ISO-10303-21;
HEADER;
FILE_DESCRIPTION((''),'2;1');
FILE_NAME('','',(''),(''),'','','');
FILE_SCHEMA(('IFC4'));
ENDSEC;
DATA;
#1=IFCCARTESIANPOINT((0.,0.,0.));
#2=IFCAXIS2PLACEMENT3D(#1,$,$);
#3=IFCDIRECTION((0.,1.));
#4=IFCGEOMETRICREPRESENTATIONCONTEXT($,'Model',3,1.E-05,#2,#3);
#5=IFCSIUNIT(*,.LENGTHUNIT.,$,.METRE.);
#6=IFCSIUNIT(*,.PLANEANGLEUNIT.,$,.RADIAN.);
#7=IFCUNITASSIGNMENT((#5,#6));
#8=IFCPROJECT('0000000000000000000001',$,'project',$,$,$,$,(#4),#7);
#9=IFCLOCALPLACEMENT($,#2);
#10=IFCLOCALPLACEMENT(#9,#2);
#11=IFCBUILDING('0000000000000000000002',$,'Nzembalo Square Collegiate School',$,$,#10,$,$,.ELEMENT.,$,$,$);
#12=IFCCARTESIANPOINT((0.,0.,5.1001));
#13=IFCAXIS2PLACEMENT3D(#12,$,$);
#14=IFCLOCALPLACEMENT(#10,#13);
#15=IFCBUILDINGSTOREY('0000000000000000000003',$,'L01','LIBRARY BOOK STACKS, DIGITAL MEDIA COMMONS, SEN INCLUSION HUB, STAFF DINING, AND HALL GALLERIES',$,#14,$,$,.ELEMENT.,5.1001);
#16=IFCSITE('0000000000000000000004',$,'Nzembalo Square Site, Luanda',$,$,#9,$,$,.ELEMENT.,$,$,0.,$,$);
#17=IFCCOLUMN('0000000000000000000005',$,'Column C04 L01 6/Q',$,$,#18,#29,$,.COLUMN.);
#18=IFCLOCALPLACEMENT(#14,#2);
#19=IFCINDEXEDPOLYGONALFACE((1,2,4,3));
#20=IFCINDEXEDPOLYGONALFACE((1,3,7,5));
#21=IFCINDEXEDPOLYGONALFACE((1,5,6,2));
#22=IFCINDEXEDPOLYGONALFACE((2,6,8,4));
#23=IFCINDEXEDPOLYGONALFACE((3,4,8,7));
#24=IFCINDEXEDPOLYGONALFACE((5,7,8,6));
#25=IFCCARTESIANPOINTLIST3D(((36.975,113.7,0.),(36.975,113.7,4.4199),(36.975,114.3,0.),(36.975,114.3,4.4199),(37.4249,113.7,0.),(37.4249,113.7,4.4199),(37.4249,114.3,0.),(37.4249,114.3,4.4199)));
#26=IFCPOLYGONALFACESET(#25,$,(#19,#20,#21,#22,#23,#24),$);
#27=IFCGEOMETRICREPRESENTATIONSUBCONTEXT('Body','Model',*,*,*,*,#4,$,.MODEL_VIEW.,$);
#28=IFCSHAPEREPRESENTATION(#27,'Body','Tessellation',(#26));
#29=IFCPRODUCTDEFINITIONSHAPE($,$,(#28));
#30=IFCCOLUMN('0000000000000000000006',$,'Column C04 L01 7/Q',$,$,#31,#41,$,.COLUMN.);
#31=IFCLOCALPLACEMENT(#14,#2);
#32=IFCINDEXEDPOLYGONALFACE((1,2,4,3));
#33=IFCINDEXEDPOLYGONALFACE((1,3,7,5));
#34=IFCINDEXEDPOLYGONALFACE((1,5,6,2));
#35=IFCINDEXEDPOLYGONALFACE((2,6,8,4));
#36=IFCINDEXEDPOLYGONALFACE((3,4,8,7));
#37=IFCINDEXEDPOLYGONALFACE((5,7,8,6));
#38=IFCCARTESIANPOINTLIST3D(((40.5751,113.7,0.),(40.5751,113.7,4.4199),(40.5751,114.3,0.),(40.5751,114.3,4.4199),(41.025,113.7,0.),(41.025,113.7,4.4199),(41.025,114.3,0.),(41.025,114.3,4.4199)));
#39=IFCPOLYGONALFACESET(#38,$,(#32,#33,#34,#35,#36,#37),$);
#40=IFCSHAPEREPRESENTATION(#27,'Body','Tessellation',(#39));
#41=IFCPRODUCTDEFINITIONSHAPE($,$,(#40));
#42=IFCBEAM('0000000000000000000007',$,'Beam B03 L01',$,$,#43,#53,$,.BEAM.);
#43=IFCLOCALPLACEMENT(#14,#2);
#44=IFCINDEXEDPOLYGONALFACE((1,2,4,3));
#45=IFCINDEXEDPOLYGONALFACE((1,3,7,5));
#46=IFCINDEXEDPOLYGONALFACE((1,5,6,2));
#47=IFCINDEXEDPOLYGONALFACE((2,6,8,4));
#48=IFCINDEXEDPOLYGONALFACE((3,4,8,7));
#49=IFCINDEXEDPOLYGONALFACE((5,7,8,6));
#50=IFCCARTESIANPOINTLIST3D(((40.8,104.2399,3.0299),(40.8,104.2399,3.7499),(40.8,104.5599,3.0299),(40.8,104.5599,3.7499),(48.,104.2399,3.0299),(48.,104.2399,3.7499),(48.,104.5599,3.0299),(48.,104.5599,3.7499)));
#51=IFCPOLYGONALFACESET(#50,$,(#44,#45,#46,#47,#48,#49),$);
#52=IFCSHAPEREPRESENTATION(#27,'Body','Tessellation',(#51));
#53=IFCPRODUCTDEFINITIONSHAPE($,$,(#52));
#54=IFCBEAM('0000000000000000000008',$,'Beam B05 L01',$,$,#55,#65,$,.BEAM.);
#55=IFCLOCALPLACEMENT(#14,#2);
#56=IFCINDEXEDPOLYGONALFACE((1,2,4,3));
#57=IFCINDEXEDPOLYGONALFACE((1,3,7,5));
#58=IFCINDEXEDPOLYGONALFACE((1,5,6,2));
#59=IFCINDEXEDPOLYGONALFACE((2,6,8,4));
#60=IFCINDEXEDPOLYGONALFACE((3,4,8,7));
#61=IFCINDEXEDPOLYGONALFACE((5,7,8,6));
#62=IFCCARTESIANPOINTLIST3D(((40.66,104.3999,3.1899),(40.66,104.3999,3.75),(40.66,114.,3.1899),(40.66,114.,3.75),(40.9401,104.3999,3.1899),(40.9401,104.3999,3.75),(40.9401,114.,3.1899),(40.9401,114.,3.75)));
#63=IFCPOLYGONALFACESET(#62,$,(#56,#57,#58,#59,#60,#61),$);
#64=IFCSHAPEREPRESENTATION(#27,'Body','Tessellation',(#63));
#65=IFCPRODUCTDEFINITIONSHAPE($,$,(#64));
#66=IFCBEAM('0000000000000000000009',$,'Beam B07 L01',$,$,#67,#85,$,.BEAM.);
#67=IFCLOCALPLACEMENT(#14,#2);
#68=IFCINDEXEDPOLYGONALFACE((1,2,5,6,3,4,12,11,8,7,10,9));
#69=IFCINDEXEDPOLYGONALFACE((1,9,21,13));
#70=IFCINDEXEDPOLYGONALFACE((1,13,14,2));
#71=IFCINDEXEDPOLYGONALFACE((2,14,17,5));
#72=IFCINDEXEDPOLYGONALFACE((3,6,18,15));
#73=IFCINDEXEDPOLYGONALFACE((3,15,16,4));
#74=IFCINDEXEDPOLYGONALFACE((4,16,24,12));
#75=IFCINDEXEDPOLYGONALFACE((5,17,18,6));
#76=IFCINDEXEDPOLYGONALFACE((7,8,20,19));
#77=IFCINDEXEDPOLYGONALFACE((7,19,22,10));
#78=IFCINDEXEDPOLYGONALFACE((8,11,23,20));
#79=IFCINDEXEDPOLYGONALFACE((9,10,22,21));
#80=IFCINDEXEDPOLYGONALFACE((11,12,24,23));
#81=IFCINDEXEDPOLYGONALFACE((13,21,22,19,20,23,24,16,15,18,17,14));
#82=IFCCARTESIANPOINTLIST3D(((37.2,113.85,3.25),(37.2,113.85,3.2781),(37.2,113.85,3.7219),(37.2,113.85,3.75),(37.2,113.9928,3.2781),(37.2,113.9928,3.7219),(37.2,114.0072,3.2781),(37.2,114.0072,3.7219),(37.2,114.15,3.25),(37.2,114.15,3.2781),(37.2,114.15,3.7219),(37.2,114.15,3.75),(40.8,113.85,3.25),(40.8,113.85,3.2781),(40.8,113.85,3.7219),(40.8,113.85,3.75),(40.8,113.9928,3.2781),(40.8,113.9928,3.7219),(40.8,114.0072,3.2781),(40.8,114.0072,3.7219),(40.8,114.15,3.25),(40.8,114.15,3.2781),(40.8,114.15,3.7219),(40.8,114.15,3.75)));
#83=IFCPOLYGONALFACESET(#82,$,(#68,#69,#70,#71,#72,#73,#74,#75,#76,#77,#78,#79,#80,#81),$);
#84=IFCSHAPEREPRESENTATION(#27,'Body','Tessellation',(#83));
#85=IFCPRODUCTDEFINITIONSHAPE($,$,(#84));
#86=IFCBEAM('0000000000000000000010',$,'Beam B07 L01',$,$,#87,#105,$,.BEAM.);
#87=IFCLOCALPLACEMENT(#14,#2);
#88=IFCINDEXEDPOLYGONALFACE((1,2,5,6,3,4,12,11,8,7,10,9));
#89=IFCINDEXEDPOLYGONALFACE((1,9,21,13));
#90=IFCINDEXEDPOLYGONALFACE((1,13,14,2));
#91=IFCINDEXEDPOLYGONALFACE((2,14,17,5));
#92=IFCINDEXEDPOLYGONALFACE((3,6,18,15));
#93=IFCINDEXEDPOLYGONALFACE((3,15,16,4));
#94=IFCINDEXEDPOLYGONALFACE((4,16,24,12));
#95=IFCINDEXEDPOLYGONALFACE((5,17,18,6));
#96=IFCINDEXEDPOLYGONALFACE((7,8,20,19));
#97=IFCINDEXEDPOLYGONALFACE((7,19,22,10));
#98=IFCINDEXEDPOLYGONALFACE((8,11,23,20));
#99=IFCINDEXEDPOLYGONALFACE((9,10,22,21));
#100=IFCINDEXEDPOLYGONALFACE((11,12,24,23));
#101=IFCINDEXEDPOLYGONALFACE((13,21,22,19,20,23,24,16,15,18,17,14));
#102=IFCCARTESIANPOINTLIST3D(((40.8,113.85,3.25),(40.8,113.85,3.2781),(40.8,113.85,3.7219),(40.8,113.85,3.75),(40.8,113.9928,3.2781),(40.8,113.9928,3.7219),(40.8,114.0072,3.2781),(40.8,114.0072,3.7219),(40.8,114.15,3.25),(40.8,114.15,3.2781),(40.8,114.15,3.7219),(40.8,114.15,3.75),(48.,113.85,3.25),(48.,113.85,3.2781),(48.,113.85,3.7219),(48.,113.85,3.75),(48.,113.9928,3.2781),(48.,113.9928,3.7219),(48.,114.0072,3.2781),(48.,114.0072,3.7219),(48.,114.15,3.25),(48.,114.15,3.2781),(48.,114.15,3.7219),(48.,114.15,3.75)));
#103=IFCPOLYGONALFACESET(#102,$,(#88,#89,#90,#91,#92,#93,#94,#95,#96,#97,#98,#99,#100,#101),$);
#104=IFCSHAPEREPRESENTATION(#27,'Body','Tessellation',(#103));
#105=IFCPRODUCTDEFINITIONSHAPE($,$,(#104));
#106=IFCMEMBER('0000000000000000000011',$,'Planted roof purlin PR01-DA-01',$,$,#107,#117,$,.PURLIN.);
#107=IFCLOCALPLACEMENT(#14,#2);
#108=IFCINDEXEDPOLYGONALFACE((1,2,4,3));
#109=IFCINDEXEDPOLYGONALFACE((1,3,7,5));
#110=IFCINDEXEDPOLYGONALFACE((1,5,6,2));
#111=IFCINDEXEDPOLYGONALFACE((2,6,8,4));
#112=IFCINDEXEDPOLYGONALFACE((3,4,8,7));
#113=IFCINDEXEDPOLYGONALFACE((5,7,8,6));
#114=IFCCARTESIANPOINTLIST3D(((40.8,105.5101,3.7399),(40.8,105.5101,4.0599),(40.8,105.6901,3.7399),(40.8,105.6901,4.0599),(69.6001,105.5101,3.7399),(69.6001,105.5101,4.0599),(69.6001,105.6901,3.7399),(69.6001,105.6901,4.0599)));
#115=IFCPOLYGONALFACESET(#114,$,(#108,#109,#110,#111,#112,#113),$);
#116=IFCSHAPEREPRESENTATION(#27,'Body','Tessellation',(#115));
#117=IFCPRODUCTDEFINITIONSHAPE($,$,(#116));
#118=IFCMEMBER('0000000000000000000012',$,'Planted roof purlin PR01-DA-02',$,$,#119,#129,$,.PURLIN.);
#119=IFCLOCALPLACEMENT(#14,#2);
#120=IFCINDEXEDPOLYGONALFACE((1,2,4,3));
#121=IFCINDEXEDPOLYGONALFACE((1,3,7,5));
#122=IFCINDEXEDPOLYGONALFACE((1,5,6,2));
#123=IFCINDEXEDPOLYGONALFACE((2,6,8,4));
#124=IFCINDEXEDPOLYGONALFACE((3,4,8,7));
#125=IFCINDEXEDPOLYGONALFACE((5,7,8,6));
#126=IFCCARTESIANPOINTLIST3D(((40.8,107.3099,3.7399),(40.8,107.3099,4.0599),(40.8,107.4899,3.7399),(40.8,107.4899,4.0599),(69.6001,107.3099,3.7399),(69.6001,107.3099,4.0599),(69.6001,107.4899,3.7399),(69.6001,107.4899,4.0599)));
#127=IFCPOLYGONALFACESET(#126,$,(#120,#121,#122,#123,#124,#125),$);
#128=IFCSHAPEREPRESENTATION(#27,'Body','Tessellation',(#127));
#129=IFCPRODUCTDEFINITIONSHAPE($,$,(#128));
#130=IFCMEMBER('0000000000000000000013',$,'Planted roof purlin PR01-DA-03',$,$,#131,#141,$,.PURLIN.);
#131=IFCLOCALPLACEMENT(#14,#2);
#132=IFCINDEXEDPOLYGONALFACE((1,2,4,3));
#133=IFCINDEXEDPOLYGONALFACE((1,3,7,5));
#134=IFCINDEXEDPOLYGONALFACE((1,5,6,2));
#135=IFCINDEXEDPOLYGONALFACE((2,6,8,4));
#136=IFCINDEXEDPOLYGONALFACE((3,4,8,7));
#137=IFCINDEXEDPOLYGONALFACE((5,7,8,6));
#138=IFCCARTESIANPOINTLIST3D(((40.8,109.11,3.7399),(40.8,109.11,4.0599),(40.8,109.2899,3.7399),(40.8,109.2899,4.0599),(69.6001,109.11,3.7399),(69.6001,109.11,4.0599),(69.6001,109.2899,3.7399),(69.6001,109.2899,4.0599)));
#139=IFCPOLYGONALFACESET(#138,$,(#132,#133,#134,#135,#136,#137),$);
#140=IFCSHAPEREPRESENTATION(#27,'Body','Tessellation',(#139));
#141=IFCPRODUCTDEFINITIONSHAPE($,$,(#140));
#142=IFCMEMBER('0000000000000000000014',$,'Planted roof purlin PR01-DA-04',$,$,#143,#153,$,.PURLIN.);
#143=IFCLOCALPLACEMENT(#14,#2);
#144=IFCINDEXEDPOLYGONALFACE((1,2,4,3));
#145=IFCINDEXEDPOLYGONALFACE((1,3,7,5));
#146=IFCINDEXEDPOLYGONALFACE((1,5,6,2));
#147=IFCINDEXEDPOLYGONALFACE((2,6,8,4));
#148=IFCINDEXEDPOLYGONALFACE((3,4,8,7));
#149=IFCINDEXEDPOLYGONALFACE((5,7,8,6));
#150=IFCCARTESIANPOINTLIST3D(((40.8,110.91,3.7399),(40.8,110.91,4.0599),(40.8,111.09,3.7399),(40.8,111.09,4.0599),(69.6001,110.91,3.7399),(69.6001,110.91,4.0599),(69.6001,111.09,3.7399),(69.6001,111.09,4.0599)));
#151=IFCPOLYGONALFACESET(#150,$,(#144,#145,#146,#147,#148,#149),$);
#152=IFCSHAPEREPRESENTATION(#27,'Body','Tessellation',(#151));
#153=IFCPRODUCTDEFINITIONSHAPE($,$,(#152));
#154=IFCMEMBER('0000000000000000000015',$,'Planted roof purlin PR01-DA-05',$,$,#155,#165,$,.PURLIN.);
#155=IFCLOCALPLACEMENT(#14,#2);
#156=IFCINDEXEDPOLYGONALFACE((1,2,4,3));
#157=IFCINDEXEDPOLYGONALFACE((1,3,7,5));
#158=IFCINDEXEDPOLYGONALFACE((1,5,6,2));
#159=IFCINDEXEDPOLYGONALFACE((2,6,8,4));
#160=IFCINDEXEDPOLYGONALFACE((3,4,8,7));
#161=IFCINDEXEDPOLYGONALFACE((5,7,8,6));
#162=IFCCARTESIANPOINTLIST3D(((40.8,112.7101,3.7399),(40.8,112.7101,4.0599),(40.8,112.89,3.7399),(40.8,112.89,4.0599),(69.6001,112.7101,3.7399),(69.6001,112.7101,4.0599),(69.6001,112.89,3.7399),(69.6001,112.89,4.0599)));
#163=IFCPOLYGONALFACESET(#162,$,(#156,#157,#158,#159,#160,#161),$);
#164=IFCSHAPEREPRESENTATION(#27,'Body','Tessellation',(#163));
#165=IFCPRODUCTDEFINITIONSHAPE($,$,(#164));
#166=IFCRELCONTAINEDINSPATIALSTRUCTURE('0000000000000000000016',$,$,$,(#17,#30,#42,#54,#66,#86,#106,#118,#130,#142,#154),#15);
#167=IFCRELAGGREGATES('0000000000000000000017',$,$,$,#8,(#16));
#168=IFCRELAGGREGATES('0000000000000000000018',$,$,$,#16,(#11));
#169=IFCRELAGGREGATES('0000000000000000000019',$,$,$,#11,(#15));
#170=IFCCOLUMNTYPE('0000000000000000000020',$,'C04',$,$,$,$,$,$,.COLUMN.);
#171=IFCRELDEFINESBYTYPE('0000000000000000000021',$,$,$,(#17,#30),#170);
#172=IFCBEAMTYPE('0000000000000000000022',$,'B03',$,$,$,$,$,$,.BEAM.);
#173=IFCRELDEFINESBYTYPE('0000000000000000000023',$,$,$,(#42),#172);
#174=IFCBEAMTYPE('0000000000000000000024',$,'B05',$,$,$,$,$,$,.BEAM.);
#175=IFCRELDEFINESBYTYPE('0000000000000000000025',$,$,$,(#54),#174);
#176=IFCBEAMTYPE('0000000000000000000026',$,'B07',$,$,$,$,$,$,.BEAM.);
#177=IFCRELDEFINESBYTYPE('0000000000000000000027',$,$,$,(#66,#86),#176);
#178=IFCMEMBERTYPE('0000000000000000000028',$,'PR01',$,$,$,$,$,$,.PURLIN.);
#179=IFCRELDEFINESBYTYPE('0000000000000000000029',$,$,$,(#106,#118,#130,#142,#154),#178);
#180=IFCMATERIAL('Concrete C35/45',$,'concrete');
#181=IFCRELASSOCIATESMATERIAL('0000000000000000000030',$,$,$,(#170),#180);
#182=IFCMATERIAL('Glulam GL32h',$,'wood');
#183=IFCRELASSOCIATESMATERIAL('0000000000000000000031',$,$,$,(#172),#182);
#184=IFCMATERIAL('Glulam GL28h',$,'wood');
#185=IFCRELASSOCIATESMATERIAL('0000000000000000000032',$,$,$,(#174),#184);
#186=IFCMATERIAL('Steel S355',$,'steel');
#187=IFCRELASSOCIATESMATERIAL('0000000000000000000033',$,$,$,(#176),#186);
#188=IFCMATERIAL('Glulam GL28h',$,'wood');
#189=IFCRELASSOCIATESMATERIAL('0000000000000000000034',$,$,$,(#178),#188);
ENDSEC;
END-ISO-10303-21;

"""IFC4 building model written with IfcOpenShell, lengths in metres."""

from ifc_helpers import new_model, si_unit, direction, frame, origin, origin_2d, place, context, subcontext, project, spatial, rectangle, i_section, extrude, material, material_profile, profile_set, type_object, element, save


model = new_model("IFC4")

# Units and contexts
model_context = context("Model", 3, precision=1e-05, world=origin(), true_north=direction((0.0, 1.0)))
body_context = subcontext(model_context, "Body", "Model", "MODEL_VIEW")
ifc_project = project(units=[si_unit("LENGTHUNIT", "METRE"), si_unit("PLANEANGLEUNIT", "RADIAN")], contexts=[model_context])

# Site, building, storey
site_placement = place(None, origin())
site = spatial("IfcSite", under=ifc_project, at=site_placement, Name="Nzembalo Square Site, Luanda", CompositionType="ELEMENT", RefElevation=0.0)
building_placement = place(site_placement, origin())
building = spatial("IfcBuilding", under=site, at=building_placement, Name="Nzembalo Square Collegiate School", CompositionType="ELEMENT")
storey_placement = place(building_placement, frame((0.0, 0.0, 5.1001)))
storey = spatial("IfcBuildingStorey", under=building, at=storey_placement, Name="L01", Description="LIBRARY BOOK STACKS, DIGITAL MEDIA COMMONS, SEN INCLUSION HUB, STAFF DINING, AND HALL GALLERIES", CompositionType="ELEMENT", Elevation=5.1001)

# Columns
ifc_material_1 = material(Name="Concrete C35/45", Category="concrete")
ifc_material_profile_1 = material_profile(ifc_material_1, rectangle(XDim=0.45, YDim=0.6001, at=origin_2d()), Name="RC 450x600")
ifc_profile_set_1 = profile_set([ifc_material_profile_1], Name="Concrete C35/45")
column_type = type_object("IfcColumnType", Name="C04", PredefinedType="COLUMN", material=ifc_profile_set_1)
for number, where, z_axis, x_axis, name in (
    (1, (37.2, 114.0, 0.0), (0.0, 0.0, 1.0), (1.0, 0.0, 0.0), "Column C04 L01 6/Q"),
    (2, (40.8, 114.0, 0.0), (0.0, 0.0, 1.0), (1.0, 0.0, 0.0), "Column C04 L01 7/Q"),
):
    element("IfcColumn", number, at=place(storey_placement, frame(where, z_axis=z_axis, x_axis=x_axis)), inside=storey, type_object=column_type, Name=name, PredefinedType="COLUMN", context=body_context, shape_type="SweptSolid", body=[
        extrude(rectangle(XDim=0.45, YDim=0.6001, at=origin_2d()), origin(), (0.0, 0.0, 1.0), 4.4199),
    ])

# Beams
ifc_material_2 = material(Name="Glulam GL32h", Category="wood")
ifc_material_profile_2 = material_profile(ifc_material_2, rectangle(XDim=0.3201, YDim=0.72, at=origin_2d()), Name="GL32h 320x720")
ifc_profile_set_2 = profile_set([ifc_material_profile_2], Name="Glulam GL32h")
beam_type_1 = type_object("IfcBeamType", Name="B03", PredefinedType="BEAM", material=ifc_profile_set_2)
beam_1_placement = place(storey_placement, frame((40.8, 104.3999, 3.3899), z_axis=(1.0, 0.0, 0.0), x_axis=(0.0, 1.0, 0.0)))
element("IfcBeam", 3, at=beam_1_placement, inside=storey, type_object=beam_type_1, Name="Beam B03 L01", PredefinedType="BEAM", context=body_context, shape_type="SweptSolid", body=[
    extrude(rectangle(XDim=0.3201, YDim=0.72, at=origin_2d()), origin(), (0.0, 0.0, 1.0), 7.2),
])
ifc_material_3 = material(Name="Glulam GL28h", Category="wood")
ifc_material_profile_3 = material_profile(ifc_material_3, rectangle(XDim=0.28, YDim=0.5601, at=origin_2d()), Name="GL28h 280x560")
ifc_profile_set_3 = profile_set([ifc_material_profile_3], Name="Glulam GL28h")
beam_type_2 = type_object("IfcBeamType", Name="B05", PredefinedType="BEAM", material=ifc_profile_set_3)
beam_2_placement = place(storey_placement, frame((40.8, 104.3999, 3.47), z_axis=(0.0, 1.0, 0.0), x_axis=(-1.0, 0.0, 0.0)))
element("IfcBeam", 4, at=beam_2_placement, inside=storey, type_object=beam_type_2, Name="Beam B05 L01", PredefinedType="BEAM", context=body_context, shape_type="SweptSolid", body=[
    extrude(rectangle(XDim=0.28, YDim=0.5601, at=origin_2d()), origin(), (0.0, 0.0, 1.0), 9.6001),
])
ifc_material_4 = material(Name="Steel S355", Category="steel")
ifc_material_profile_4 = material_profile(ifc_material_4, i_section(OverallWidth=0.3, OverallDepth=0.5, WebThickness=0.0144, FlangeThickness=0.0281, at=origin_2d()), Name="HEB 500")
ifc_profile_set_4 = profile_set([ifc_material_profile_4], Name="Steel S355")
beam_type_3 = type_object("IfcBeamType", Name="B07", PredefinedType="BEAM", material=ifc_profile_set_4)
beam_3_placement = place(storey_placement, frame((37.2, 114.0, 3.5), z_axis=(1.0, 0.0, 0.0), x_axis=(0.0, 1.0, 0.0)))
element("IfcBeam", 5, at=beam_3_placement, inside=storey, type_object=beam_type_3, Name="Beam B07 L01", PredefinedType="BEAM", context=body_context, shape_type="SweptSolid", body=[
    extrude(i_section(OverallWidth=0.3, OverallDepth=0.5, WebThickness=0.0144, FlangeThickness=0.0281, at=origin_2d()), origin(), (0.0, 0.0, 1.0), 3.6001),
])
beam_4_placement = place(storey_placement, frame((40.8, 114.0, 3.5), z_axis=(1.0, 0.0, 0.0), x_axis=(0.0, 1.0, 0.0)))
element("IfcBeam", 6, at=beam_4_placement, inside=storey, type_object=beam_type_3, Name="Beam B07 L01", PredefinedType="BEAM", context=body_context, shape_type="SweptSolid", body=[
    extrude(i_section(OverallWidth=0.3, OverallDepth=0.5, WebThickness=0.0144, FlangeThickness=0.0281, at=origin_2d()), origin(), (0.0, 0.0, 1.0), 7.2),
])

# Members
ifc_material_5 = material(Name="Glulam GL28h", Category="wood")
ifc_material_profile_5 = material_profile(ifc_material_5, rectangle(XDim=0.1799, YDim=0.3201, at=origin_2d()), Name="GL28h 180x320")
ifc_profile_set_5 = profile_set([ifc_material_profile_5], Name="Glulam GL28h")
member_type = type_object("IfcMemberType", Name="PR01", PredefinedType="PURLIN", material=ifc_profile_set_5)
for number, where, z_axis, x_axis, name in (
    (7, (40.8, 105.6001, 3.8999), (1.0, 0.0, 0.0), (0.0, 1.0, 0.0), "Planted roof purlin PR01-DA-01"),
    (8, (40.8, 107.3999, 3.8999), (1.0, 0.0, 0.0), (0.0, 1.0, 0.0), "Planted roof purlin PR01-DA-02"),
    (9, (40.8, 109.2, 3.8999), (1.0, 0.0, 0.0), (0.0, 1.0, 0.0), "Planted roof purlin PR01-DA-03"),
    (10, (40.8, 111.0, 3.8999), (1.0, 0.0, 0.0), (0.0, 1.0, 0.0), "Planted roof purlin PR01-DA-04"),
    (11, (40.8, 112.8, 3.8999), (1.0, 0.0, 0.0), (0.0, 1.0, 0.0), "Planted roof purlin PR01-DA-05"),
):
    element("IfcMember", number, at=place(storey_placement, frame(where, z_axis=z_axis, x_axis=x_axis)), inside=storey, type_object=member_type, Name=name, PredefinedType="PURLIN", context=body_context, shape_type="SweptSolid", body=[
        extrude(rectangle(XDim=0.1799, YDim=0.3201, at=origin_2d()), origin(), (0.0, 0.0, 1.0), 28.8),
    ])

save(model, "model.ifc")
